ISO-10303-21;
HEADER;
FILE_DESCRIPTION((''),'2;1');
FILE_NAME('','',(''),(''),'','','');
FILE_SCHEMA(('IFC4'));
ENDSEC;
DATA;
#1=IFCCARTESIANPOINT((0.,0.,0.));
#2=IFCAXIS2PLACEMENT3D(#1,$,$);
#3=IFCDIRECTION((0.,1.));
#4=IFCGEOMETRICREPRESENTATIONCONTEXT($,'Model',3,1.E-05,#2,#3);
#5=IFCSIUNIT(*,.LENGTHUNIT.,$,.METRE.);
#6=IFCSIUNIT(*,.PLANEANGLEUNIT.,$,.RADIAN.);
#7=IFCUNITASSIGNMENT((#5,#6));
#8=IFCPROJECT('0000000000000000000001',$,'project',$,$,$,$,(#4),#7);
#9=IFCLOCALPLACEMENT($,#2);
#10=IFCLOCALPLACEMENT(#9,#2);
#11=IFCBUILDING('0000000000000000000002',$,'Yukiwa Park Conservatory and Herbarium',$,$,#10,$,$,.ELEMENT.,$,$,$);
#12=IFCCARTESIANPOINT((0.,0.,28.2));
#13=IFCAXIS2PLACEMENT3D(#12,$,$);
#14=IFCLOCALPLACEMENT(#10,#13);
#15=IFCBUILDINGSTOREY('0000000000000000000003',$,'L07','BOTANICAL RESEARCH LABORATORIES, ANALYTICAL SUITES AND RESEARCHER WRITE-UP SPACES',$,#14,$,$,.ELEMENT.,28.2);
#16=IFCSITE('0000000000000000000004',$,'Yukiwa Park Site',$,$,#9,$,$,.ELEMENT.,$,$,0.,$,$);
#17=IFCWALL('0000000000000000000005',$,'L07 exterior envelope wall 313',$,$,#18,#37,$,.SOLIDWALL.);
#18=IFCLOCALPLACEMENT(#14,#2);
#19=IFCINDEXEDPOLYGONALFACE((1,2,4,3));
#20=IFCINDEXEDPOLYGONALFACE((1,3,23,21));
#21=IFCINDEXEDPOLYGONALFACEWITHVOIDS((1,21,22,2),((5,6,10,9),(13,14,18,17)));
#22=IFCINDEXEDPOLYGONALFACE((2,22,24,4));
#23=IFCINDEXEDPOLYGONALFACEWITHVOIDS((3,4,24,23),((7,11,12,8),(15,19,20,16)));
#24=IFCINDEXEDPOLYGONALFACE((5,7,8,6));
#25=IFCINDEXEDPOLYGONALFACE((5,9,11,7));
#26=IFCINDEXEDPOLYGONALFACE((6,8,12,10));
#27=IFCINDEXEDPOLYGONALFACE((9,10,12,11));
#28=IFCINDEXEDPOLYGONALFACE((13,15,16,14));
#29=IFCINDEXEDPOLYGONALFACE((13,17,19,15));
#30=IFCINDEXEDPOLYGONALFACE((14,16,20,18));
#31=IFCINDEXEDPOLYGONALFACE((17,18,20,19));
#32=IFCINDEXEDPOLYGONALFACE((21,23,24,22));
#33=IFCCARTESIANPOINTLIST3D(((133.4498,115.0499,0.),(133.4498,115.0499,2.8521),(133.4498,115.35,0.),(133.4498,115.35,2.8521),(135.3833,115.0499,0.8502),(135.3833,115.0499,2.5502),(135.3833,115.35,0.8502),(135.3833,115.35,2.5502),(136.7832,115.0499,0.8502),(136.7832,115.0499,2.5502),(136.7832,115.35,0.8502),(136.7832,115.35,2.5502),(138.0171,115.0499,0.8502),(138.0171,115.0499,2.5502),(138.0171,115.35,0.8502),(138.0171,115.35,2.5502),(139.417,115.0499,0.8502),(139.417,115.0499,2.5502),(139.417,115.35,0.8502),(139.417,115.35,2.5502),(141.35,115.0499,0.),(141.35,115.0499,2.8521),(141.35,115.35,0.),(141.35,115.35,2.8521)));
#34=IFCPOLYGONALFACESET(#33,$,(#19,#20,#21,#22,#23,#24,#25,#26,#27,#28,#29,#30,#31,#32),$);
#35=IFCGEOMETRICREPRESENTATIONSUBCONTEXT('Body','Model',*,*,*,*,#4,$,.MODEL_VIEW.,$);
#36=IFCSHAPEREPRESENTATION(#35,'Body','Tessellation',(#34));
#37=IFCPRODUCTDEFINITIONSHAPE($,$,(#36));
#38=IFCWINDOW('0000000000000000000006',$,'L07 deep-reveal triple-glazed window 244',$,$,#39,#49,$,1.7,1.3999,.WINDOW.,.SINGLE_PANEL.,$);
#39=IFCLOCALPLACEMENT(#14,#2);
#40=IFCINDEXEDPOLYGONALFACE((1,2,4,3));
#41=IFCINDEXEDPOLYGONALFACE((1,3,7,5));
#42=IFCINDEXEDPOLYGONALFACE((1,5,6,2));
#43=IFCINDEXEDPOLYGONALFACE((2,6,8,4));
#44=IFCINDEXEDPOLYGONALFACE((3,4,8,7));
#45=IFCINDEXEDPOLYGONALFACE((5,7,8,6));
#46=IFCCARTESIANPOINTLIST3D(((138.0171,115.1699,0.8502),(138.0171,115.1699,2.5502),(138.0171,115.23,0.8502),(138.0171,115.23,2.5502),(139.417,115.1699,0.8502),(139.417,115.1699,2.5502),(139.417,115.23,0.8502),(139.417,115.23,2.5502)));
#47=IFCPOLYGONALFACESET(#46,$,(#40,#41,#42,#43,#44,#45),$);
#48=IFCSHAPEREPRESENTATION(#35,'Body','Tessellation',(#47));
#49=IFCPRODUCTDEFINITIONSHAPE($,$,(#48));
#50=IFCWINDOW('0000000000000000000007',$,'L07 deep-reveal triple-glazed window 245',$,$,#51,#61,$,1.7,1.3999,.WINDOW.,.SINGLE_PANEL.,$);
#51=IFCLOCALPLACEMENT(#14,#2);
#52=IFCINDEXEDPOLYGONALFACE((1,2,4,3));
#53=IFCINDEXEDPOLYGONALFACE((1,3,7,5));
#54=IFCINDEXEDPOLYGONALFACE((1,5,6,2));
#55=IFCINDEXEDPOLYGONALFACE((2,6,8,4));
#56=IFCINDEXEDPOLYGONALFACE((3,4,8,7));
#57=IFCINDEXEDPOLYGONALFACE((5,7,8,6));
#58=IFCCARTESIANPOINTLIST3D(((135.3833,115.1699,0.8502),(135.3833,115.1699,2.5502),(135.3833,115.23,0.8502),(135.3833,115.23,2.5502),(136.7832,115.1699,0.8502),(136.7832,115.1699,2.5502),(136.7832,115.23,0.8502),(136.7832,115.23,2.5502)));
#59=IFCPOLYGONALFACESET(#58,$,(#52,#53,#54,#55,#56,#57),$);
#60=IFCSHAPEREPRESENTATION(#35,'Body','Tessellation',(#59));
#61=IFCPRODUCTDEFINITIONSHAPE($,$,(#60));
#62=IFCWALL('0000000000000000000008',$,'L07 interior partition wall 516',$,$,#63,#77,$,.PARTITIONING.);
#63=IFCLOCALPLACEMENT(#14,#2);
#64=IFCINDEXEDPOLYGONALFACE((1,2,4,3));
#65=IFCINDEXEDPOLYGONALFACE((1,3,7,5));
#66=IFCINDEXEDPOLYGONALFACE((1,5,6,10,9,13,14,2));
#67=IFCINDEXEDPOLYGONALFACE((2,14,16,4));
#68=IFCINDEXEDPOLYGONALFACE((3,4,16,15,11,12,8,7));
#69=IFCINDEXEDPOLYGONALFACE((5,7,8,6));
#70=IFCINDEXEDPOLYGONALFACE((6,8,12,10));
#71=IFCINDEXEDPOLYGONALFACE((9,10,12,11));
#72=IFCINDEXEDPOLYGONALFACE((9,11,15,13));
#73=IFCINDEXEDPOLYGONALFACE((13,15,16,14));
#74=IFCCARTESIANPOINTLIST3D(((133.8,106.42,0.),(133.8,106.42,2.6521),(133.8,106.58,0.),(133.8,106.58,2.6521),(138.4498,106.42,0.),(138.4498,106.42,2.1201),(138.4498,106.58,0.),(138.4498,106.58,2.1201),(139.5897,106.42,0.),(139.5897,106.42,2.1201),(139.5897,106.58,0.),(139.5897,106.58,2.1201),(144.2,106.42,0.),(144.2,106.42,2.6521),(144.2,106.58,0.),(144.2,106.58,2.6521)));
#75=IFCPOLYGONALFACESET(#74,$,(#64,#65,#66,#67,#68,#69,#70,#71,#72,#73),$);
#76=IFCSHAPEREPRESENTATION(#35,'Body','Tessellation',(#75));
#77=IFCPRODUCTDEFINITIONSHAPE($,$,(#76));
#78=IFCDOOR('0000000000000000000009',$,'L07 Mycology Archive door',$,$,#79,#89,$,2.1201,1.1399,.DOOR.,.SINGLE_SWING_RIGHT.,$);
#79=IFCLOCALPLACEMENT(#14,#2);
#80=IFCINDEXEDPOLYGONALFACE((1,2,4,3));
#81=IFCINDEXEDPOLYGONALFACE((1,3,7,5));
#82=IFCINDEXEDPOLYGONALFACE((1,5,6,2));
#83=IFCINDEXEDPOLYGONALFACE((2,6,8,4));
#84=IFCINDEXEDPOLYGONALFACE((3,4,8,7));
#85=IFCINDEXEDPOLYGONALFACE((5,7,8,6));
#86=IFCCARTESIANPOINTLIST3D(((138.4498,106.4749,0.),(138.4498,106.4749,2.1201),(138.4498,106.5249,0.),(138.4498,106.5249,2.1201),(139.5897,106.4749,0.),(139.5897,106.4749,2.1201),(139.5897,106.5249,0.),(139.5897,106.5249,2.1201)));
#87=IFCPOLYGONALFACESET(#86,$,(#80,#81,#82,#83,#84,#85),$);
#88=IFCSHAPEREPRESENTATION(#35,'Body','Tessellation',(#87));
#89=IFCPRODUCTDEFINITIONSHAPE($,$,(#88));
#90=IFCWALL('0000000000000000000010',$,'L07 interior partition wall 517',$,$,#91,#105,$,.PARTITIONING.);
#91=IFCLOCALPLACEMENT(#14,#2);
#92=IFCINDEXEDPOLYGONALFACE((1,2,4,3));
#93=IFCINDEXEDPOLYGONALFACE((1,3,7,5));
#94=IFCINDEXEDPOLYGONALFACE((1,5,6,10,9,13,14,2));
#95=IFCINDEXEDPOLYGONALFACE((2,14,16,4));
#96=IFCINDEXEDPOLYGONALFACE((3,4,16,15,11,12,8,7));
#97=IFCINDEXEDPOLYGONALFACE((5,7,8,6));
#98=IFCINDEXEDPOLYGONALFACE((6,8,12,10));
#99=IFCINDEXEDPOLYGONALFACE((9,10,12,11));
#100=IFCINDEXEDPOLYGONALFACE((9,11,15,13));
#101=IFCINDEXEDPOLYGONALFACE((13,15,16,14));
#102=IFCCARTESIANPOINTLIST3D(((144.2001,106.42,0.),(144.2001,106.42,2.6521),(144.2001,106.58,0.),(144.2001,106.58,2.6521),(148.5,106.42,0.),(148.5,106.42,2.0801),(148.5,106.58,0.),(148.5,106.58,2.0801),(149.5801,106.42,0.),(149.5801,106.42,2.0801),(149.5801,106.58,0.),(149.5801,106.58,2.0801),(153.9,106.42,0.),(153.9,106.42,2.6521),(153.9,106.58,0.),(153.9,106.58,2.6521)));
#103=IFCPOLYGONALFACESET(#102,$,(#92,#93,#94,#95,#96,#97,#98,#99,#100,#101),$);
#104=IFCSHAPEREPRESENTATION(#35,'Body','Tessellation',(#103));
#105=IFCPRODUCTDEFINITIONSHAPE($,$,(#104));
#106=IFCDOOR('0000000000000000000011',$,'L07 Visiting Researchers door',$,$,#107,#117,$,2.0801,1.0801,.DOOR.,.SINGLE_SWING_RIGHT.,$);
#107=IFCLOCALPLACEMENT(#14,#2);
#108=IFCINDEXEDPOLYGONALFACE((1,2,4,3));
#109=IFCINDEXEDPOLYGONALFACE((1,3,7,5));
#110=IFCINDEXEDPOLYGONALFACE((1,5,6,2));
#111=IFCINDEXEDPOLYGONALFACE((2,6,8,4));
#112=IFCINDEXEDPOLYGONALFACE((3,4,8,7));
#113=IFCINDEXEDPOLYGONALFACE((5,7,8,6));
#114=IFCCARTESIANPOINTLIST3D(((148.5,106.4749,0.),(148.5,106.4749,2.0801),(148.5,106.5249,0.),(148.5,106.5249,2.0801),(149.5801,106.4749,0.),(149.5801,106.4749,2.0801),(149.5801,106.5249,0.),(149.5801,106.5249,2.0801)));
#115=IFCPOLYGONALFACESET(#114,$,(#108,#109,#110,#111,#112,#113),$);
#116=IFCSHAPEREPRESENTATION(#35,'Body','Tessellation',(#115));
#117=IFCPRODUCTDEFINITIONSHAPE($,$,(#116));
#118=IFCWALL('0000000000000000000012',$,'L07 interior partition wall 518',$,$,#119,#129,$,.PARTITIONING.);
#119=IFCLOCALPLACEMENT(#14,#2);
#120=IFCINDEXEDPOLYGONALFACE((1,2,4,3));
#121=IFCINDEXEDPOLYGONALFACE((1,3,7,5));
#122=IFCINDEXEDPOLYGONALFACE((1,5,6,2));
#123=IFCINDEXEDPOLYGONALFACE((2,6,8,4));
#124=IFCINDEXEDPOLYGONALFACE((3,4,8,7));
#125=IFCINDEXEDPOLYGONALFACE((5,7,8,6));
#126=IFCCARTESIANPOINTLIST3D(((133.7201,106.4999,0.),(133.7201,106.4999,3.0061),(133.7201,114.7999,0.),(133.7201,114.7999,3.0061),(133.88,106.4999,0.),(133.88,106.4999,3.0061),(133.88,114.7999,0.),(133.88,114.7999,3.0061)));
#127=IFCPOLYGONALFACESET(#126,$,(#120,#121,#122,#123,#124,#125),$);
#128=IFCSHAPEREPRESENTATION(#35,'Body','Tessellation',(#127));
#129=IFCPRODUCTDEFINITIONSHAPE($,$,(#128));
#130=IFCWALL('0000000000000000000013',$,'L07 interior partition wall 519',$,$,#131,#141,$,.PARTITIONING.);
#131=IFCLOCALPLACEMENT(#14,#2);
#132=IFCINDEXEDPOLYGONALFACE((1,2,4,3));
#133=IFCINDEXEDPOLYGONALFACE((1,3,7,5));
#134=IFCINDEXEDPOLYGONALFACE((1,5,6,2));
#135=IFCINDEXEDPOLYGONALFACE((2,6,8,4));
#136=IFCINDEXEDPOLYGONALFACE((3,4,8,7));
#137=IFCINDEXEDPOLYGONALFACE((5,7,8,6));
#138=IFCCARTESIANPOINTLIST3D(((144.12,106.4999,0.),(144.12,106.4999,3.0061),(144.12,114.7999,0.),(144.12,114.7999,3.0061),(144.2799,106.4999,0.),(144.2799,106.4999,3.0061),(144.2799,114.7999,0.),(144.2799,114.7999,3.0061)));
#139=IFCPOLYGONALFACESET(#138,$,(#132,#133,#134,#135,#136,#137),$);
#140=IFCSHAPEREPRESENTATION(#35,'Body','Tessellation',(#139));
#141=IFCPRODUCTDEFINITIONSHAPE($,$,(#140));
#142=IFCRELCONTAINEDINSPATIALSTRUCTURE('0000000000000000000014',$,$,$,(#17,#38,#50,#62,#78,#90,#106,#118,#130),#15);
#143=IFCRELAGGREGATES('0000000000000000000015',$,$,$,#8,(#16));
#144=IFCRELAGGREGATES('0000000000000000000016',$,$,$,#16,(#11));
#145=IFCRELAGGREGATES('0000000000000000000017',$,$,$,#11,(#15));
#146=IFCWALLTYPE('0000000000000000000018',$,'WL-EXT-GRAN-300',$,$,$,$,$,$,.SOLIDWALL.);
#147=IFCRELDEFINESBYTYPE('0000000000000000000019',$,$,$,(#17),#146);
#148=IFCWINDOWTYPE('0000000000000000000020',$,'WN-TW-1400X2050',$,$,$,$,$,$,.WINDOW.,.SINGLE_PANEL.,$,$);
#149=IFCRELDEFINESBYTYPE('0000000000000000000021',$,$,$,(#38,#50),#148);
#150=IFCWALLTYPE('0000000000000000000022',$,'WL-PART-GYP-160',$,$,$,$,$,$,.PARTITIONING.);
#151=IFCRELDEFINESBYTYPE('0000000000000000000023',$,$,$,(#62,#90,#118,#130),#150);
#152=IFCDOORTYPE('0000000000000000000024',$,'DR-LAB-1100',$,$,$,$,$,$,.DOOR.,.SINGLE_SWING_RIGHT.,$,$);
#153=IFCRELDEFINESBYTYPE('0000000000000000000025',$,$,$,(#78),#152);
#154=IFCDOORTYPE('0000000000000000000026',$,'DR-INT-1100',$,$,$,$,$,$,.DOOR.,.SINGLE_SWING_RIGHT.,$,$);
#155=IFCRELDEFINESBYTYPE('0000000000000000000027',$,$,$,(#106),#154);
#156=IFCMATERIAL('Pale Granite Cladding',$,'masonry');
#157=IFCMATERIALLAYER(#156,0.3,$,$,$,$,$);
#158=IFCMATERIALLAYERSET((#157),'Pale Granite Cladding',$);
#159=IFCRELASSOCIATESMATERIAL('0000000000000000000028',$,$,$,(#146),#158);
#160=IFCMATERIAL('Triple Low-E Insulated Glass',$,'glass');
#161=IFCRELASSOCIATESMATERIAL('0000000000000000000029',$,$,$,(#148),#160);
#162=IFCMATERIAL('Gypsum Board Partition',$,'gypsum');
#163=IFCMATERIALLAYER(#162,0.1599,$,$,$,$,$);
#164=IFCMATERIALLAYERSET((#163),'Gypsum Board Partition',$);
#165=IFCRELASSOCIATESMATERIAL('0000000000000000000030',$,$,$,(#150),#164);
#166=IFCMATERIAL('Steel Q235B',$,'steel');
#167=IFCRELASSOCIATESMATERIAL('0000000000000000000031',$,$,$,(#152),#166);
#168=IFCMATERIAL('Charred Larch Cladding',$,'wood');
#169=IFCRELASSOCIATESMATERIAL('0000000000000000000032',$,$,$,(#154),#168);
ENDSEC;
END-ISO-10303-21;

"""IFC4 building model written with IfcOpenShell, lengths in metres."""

from ifc_helpers import new_model, si_unit, direction, frame, frame_2d, origin, place, context, subcontext, project, spatial, rectangle, extrude, material, layer, layer_set, type_object, element, fill, save


model = new_model("IFC4")

# Units and contexts
model_context = context("Model", 3, precision=1e-05, world=origin(), true_north=direction((0.0, 1.0)))
body_context = subcontext(model_context, "Body", "Model", "MODEL_VIEW")
ifc_project = project(units=[si_unit("LENGTHUNIT", "METRE"), si_unit("PLANEANGLEUNIT", "RADIAN")], contexts=[model_context])

# Site, building, storey
site_placement = place(None, origin())
site = spatial("IfcSite", under=ifc_project, at=site_placement, Name="Yukiwa Park Site", CompositionType="ELEMENT", RefElevation=0.0)
building_placement = place(site_placement, origin())
building = spatial("IfcBuilding", under=site, at=building_placement, Name="Yukiwa Park Conservatory and Herbarium", CompositionType="ELEMENT")
storey_placement = place(building_placement, frame((0.0, 0.0, 28.2)))
storey = spatial("IfcBuildingStorey", under=building, at=storey_placement, Name="L07", Description="BOTANICAL RESEARCH LABORATORIES, ANALYTICAL SUITES AND RESEARCHER WRITE-UP SPACES", CompositionType="ELEMENT", Elevation=28.2)

# Wall, openings, windows
ifc_material_1 = material(Name="Pale Granite Cladding", Category="masonry")
ifc_layer_1 = layer(ifc_material_1, 0.3)
ifc_layer_set_1 = layer_set([ifc_layer_1], Name="Pale Granite Cladding")
wall_type_1 = type_object("IfcWallType", Name="WL-EXT-GRAN-300", PredefinedType="SOLIDWALL", material=ifc_layer_set_1)
wall_1_placement = place(storey_placement, frame((141.3501, 115.2, 0.0), z_axis=(0.0, 0.0, 1.0), x_axis=(-1.0, 0.0, 0.0)))
wall_1 = element("IfcWall", 1, at=wall_1_placement, inside=storey, type_object=wall_type_1, Name="L07 exterior envelope wall 313", PredefinedType="SOLIDWALL", context=body_context, shape_type="SweptSolid", body=[
    extrude(rectangle(XDim=7.9001, YDim=0.3, at=frame_2d((3.9502, 0.0))), origin(), (0.0, 0.0, 1.0), 2.8521),
])
opening_1_placement = place(wall_1_placement, frame((1.9331, 0.0, 0.8501)))
opening_1 = element("IfcOpeningElement", 2, at=opening_1_placement, cuts=wall_1, PredefinedType="OPENING", context=body_context, shape_type="SweptSolid", body=[
    extrude(rectangle(XDim=1.3999, YDim=1.7, at=frame_2d((0.7, 0.8501))), frame((0.0, 0.1602, 0.0), z_axis=(0.0, -1.0, 0.0), x_axis=(1.0, 0.0, 0.0)), (0.0, 0.0, 1.0), 0.3201),
])
opening_2_placement = place(wall_1_placement, frame((4.5669, 0.0, 0.8501)))
opening_2 = element("IfcOpeningElement", 3, at=opening_2_placement, cuts=wall_1, PredefinedType="OPENING", context=body_context, shape_type="SweptSolid", body=[
    extrude(rectangle(XDim=1.3999, YDim=1.7, at=frame_2d((0.7, 0.8501))), frame((0.0, 0.1602, 0.0), z_axis=(0.0, -1.0, 0.0), x_axis=(1.0, 0.0, 0.0)), (0.0, 0.0, 1.0), 0.3201),
])
ifc_material_2 = material(Name="Triple Low-E Insulated Glass", Category="glass")
window_type = type_object("IfcWindowType", Name="WN-TW-1400X2050", PartitioningType="SINGLE_PANEL", PredefinedType="WINDOW", material=ifc_material_2)
window_1_placement = place(opening_1_placement, origin())
window_1 = element("IfcWindow", 4, at=window_1_placement, inside=storey, type_object=window_type, Name="L07 deep-reveal triple-glazed window 244", OverallHeight=1.7, OverallWidth=1.3999, PartitioningType="SINGLE_PANEL", PredefinedType="WINDOW", context=body_context, shape_type="SweptSolid", body=[
    extrude(rectangle(XDim=1.3999, YDim=1.7, at=frame_2d((0.7, 0.8501))), frame((0.0, 0.03, 0.0), z_axis=(0.0, -1.0, 0.0), x_axis=(1.0, 0.0, 0.0)), (0.0, 0.0, 1.0), 0.0601),
])
fill(opening_1, window_1)
window_2_placement = place(opening_2_placement, origin())
window_2 = element("IfcWindow", 5, at=window_2_placement, inside=storey, type_object=window_type, Name="L07 deep-reveal triple-glazed window 245", OverallHeight=1.7, OverallWidth=1.3999, PartitioningType="SINGLE_PANEL", PredefinedType="WINDOW", context=body_context, shape_type="SweptSolid", body=[
    extrude(rectangle(XDim=1.3999, YDim=1.7, at=frame_2d((0.7, 0.8501))), frame((0.0, 0.03, 0.0), z_axis=(0.0, -1.0, 0.0), x_axis=(1.0, 0.0, 0.0)), (0.0, 0.0, 1.0), 0.0601),
])
fill(opening_2, window_2)

# Walls, openings, doors
ifc_material_3 = material(Name="Gypsum Board Partition", Category="gypsum")
ifc_layer_2 = layer(ifc_material_3, 0.1599)
ifc_layer_set_2 = layer_set([ifc_layer_2], Name="Gypsum Board Partition")
wall_type_2 = type_object("IfcWallType", Name="WL-PART-GYP-160", PredefinedType="PARTITIONING", material=ifc_layer_set_2)
wall_2_placement = place(storey_placement, frame((133.8, 106.5, 0.0), z_axis=(0.0, 0.0, 1.0), x_axis=(1.0, 0.0, 0.0)))
wall_2 = element("IfcWall", 6, at=wall_2_placement, inside=storey, type_object=wall_type_2, Name="L07 interior partition wall 516", PredefinedType="PARTITIONING", context=body_context, shape_type="SweptSolid", body=[
    extrude(rectangle(XDim=10.3999, YDim=0.1599, at=frame_2d((5.2, 0.0))), origin(), (0.0, 0.0, 1.0), 2.6521),
])
opening_3_placement = place(wall_2_placement, frame((4.6499, 0.0, 0.0)))
opening_3 = element("IfcOpeningElement", 7, at=opening_3_placement, cuts=wall_2, PredefinedType="OPENING", context=body_context, shape_type="SweptSolid", body=[
    extrude(rectangle(XDim=1.1399, YDim=2.1201, at=frame_2d((0.5698, 1.0601))), frame((0.0, 0.0898, 0.0), z_axis=(0.0, -1.0, 0.0), x_axis=(1.0, 0.0, 0.0)), (0.0, 0.0, 1.0), 0.1799),
])
ifc_material_4 = material(Name="Steel Q235B", Category="steel")
door_type_1 = type_object("IfcDoorType", Name="DR-LAB-1100", OperationType="SINGLE_SWING_RIGHT", PredefinedType="DOOR", material=ifc_material_4)
door_1_placement = place(opening_3_placement, origin())
door_1 = element("IfcDoor", 8, at=door_1_placement, inside=storey, type_object=door_type_1, Name="L07 Mycology Archive door", OperationType="SINGLE_SWING_RIGHT", OverallHeight=2.1201, OverallWidth=1.1399, PredefinedType="DOOR", context=body_context, shape_type="SweptSolid", body=[
    extrude(rectangle(XDim=1.1399, YDim=2.1201, at=frame_2d((0.5698, 1.0601))), frame((0.0, 0.0249, 0.0), z_axis=(0.0, -1.0, 0.0), x_axis=(1.0, 0.0, 0.0)), (0.0, 0.0, 1.0), 0.05),
])
fill(opening_3, door_1)
wall_3_placement = place(storey_placement, frame((144.2, 106.5, 0.0), z_axis=(0.0, 0.0, 1.0), x_axis=(1.0, 0.0, 0.0)))
wall_3 = element("IfcWall", 9, at=wall_3_placement, inside=storey, type_object=wall_type_2, Name="L07 interior partition wall 517", PredefinedType="PARTITIONING", context=body_context, shape_type="SweptSolid", body=[
    extrude(rectangle(XDim=9.7, YDim=0.1599, at=frame_2d((4.8501, 0.0))), origin(), (0.0, 0.0, 1.0), 2.6521),
])
opening_4_placement = place(wall_3_placement, frame((4.3, 0.0, 0.0)))
opening_4 = element("IfcOpeningElement", 10, at=opening_4_placement, cuts=wall_3, PredefinedType="OPENING", context=body_context, shape_type="SweptSolid", body=[
    extrude(rectangle(XDim=1.0801, YDim=2.0801, at=frame_2d((0.54, 1.04))), frame((0.0, 0.0898, 0.0), z_axis=(0.0, -1.0, 0.0), x_axis=(1.0, 0.0, 0.0)), (0.0, 0.0, 1.0), 0.1799),
])
ifc_material_5 = material(Name="Charred Larch Cladding", Category="wood")
door_type_2 = type_object("IfcDoorType", Name="DR-INT-1100", OperationType="SINGLE_SWING_RIGHT", PredefinedType="DOOR", material=ifc_material_5)
door_2_placement = place(opening_4_placement, origin())
door_2 = element("IfcDoor", 11, at=door_2_placement, inside=storey, type_object=door_type_2, Name="L07 Visiting Researchers door", OperationType="SINGLE_SWING_RIGHT", OverallHeight=2.0801, OverallWidth=1.0801, PredefinedType="DOOR", context=body_context, shape_type="SweptSolid", body=[
    extrude(rectangle(XDim=1.0801, YDim=2.0801, at=frame_2d((0.54, 1.04))), frame((0.0, 0.0249, 0.0), z_axis=(0.0, -1.0, 0.0), x_axis=(1.0, 0.0, 0.0)), (0.0, 0.0, 1.0), 0.05),
])
fill(opening_4, door_2)

# Walls
for number, where, z_axis, x_axis, name in (
    (12, (133.8, 106.5, 0.0), (0.0, 0.0, 1.0), (0.0, 1.0, 0.0), "L07 interior partition wall 518"),
    (13, (144.2, 106.5, 0.0), (0.0, 0.0, 1.0), (0.0, 1.0, 0.0), "L07 interior partition wall 519"),
):
    element("IfcWall", number, at=place(storey_placement, frame(where, z_axis=z_axis, x_axis=x_axis)), inside=storey, type_object=wall_type_2, Name=name, PredefinedType="PARTITIONING", context=body_context, shape_type="SweptSolid", body=[
        extrude(rectangle(XDim=8.3, YDim=0.1599, at=frame_2d((4.1499, 0.0))), origin(), (0.0, 0.0, 1.0), 3.0061),
    ])

save(model, "model.ifc")
